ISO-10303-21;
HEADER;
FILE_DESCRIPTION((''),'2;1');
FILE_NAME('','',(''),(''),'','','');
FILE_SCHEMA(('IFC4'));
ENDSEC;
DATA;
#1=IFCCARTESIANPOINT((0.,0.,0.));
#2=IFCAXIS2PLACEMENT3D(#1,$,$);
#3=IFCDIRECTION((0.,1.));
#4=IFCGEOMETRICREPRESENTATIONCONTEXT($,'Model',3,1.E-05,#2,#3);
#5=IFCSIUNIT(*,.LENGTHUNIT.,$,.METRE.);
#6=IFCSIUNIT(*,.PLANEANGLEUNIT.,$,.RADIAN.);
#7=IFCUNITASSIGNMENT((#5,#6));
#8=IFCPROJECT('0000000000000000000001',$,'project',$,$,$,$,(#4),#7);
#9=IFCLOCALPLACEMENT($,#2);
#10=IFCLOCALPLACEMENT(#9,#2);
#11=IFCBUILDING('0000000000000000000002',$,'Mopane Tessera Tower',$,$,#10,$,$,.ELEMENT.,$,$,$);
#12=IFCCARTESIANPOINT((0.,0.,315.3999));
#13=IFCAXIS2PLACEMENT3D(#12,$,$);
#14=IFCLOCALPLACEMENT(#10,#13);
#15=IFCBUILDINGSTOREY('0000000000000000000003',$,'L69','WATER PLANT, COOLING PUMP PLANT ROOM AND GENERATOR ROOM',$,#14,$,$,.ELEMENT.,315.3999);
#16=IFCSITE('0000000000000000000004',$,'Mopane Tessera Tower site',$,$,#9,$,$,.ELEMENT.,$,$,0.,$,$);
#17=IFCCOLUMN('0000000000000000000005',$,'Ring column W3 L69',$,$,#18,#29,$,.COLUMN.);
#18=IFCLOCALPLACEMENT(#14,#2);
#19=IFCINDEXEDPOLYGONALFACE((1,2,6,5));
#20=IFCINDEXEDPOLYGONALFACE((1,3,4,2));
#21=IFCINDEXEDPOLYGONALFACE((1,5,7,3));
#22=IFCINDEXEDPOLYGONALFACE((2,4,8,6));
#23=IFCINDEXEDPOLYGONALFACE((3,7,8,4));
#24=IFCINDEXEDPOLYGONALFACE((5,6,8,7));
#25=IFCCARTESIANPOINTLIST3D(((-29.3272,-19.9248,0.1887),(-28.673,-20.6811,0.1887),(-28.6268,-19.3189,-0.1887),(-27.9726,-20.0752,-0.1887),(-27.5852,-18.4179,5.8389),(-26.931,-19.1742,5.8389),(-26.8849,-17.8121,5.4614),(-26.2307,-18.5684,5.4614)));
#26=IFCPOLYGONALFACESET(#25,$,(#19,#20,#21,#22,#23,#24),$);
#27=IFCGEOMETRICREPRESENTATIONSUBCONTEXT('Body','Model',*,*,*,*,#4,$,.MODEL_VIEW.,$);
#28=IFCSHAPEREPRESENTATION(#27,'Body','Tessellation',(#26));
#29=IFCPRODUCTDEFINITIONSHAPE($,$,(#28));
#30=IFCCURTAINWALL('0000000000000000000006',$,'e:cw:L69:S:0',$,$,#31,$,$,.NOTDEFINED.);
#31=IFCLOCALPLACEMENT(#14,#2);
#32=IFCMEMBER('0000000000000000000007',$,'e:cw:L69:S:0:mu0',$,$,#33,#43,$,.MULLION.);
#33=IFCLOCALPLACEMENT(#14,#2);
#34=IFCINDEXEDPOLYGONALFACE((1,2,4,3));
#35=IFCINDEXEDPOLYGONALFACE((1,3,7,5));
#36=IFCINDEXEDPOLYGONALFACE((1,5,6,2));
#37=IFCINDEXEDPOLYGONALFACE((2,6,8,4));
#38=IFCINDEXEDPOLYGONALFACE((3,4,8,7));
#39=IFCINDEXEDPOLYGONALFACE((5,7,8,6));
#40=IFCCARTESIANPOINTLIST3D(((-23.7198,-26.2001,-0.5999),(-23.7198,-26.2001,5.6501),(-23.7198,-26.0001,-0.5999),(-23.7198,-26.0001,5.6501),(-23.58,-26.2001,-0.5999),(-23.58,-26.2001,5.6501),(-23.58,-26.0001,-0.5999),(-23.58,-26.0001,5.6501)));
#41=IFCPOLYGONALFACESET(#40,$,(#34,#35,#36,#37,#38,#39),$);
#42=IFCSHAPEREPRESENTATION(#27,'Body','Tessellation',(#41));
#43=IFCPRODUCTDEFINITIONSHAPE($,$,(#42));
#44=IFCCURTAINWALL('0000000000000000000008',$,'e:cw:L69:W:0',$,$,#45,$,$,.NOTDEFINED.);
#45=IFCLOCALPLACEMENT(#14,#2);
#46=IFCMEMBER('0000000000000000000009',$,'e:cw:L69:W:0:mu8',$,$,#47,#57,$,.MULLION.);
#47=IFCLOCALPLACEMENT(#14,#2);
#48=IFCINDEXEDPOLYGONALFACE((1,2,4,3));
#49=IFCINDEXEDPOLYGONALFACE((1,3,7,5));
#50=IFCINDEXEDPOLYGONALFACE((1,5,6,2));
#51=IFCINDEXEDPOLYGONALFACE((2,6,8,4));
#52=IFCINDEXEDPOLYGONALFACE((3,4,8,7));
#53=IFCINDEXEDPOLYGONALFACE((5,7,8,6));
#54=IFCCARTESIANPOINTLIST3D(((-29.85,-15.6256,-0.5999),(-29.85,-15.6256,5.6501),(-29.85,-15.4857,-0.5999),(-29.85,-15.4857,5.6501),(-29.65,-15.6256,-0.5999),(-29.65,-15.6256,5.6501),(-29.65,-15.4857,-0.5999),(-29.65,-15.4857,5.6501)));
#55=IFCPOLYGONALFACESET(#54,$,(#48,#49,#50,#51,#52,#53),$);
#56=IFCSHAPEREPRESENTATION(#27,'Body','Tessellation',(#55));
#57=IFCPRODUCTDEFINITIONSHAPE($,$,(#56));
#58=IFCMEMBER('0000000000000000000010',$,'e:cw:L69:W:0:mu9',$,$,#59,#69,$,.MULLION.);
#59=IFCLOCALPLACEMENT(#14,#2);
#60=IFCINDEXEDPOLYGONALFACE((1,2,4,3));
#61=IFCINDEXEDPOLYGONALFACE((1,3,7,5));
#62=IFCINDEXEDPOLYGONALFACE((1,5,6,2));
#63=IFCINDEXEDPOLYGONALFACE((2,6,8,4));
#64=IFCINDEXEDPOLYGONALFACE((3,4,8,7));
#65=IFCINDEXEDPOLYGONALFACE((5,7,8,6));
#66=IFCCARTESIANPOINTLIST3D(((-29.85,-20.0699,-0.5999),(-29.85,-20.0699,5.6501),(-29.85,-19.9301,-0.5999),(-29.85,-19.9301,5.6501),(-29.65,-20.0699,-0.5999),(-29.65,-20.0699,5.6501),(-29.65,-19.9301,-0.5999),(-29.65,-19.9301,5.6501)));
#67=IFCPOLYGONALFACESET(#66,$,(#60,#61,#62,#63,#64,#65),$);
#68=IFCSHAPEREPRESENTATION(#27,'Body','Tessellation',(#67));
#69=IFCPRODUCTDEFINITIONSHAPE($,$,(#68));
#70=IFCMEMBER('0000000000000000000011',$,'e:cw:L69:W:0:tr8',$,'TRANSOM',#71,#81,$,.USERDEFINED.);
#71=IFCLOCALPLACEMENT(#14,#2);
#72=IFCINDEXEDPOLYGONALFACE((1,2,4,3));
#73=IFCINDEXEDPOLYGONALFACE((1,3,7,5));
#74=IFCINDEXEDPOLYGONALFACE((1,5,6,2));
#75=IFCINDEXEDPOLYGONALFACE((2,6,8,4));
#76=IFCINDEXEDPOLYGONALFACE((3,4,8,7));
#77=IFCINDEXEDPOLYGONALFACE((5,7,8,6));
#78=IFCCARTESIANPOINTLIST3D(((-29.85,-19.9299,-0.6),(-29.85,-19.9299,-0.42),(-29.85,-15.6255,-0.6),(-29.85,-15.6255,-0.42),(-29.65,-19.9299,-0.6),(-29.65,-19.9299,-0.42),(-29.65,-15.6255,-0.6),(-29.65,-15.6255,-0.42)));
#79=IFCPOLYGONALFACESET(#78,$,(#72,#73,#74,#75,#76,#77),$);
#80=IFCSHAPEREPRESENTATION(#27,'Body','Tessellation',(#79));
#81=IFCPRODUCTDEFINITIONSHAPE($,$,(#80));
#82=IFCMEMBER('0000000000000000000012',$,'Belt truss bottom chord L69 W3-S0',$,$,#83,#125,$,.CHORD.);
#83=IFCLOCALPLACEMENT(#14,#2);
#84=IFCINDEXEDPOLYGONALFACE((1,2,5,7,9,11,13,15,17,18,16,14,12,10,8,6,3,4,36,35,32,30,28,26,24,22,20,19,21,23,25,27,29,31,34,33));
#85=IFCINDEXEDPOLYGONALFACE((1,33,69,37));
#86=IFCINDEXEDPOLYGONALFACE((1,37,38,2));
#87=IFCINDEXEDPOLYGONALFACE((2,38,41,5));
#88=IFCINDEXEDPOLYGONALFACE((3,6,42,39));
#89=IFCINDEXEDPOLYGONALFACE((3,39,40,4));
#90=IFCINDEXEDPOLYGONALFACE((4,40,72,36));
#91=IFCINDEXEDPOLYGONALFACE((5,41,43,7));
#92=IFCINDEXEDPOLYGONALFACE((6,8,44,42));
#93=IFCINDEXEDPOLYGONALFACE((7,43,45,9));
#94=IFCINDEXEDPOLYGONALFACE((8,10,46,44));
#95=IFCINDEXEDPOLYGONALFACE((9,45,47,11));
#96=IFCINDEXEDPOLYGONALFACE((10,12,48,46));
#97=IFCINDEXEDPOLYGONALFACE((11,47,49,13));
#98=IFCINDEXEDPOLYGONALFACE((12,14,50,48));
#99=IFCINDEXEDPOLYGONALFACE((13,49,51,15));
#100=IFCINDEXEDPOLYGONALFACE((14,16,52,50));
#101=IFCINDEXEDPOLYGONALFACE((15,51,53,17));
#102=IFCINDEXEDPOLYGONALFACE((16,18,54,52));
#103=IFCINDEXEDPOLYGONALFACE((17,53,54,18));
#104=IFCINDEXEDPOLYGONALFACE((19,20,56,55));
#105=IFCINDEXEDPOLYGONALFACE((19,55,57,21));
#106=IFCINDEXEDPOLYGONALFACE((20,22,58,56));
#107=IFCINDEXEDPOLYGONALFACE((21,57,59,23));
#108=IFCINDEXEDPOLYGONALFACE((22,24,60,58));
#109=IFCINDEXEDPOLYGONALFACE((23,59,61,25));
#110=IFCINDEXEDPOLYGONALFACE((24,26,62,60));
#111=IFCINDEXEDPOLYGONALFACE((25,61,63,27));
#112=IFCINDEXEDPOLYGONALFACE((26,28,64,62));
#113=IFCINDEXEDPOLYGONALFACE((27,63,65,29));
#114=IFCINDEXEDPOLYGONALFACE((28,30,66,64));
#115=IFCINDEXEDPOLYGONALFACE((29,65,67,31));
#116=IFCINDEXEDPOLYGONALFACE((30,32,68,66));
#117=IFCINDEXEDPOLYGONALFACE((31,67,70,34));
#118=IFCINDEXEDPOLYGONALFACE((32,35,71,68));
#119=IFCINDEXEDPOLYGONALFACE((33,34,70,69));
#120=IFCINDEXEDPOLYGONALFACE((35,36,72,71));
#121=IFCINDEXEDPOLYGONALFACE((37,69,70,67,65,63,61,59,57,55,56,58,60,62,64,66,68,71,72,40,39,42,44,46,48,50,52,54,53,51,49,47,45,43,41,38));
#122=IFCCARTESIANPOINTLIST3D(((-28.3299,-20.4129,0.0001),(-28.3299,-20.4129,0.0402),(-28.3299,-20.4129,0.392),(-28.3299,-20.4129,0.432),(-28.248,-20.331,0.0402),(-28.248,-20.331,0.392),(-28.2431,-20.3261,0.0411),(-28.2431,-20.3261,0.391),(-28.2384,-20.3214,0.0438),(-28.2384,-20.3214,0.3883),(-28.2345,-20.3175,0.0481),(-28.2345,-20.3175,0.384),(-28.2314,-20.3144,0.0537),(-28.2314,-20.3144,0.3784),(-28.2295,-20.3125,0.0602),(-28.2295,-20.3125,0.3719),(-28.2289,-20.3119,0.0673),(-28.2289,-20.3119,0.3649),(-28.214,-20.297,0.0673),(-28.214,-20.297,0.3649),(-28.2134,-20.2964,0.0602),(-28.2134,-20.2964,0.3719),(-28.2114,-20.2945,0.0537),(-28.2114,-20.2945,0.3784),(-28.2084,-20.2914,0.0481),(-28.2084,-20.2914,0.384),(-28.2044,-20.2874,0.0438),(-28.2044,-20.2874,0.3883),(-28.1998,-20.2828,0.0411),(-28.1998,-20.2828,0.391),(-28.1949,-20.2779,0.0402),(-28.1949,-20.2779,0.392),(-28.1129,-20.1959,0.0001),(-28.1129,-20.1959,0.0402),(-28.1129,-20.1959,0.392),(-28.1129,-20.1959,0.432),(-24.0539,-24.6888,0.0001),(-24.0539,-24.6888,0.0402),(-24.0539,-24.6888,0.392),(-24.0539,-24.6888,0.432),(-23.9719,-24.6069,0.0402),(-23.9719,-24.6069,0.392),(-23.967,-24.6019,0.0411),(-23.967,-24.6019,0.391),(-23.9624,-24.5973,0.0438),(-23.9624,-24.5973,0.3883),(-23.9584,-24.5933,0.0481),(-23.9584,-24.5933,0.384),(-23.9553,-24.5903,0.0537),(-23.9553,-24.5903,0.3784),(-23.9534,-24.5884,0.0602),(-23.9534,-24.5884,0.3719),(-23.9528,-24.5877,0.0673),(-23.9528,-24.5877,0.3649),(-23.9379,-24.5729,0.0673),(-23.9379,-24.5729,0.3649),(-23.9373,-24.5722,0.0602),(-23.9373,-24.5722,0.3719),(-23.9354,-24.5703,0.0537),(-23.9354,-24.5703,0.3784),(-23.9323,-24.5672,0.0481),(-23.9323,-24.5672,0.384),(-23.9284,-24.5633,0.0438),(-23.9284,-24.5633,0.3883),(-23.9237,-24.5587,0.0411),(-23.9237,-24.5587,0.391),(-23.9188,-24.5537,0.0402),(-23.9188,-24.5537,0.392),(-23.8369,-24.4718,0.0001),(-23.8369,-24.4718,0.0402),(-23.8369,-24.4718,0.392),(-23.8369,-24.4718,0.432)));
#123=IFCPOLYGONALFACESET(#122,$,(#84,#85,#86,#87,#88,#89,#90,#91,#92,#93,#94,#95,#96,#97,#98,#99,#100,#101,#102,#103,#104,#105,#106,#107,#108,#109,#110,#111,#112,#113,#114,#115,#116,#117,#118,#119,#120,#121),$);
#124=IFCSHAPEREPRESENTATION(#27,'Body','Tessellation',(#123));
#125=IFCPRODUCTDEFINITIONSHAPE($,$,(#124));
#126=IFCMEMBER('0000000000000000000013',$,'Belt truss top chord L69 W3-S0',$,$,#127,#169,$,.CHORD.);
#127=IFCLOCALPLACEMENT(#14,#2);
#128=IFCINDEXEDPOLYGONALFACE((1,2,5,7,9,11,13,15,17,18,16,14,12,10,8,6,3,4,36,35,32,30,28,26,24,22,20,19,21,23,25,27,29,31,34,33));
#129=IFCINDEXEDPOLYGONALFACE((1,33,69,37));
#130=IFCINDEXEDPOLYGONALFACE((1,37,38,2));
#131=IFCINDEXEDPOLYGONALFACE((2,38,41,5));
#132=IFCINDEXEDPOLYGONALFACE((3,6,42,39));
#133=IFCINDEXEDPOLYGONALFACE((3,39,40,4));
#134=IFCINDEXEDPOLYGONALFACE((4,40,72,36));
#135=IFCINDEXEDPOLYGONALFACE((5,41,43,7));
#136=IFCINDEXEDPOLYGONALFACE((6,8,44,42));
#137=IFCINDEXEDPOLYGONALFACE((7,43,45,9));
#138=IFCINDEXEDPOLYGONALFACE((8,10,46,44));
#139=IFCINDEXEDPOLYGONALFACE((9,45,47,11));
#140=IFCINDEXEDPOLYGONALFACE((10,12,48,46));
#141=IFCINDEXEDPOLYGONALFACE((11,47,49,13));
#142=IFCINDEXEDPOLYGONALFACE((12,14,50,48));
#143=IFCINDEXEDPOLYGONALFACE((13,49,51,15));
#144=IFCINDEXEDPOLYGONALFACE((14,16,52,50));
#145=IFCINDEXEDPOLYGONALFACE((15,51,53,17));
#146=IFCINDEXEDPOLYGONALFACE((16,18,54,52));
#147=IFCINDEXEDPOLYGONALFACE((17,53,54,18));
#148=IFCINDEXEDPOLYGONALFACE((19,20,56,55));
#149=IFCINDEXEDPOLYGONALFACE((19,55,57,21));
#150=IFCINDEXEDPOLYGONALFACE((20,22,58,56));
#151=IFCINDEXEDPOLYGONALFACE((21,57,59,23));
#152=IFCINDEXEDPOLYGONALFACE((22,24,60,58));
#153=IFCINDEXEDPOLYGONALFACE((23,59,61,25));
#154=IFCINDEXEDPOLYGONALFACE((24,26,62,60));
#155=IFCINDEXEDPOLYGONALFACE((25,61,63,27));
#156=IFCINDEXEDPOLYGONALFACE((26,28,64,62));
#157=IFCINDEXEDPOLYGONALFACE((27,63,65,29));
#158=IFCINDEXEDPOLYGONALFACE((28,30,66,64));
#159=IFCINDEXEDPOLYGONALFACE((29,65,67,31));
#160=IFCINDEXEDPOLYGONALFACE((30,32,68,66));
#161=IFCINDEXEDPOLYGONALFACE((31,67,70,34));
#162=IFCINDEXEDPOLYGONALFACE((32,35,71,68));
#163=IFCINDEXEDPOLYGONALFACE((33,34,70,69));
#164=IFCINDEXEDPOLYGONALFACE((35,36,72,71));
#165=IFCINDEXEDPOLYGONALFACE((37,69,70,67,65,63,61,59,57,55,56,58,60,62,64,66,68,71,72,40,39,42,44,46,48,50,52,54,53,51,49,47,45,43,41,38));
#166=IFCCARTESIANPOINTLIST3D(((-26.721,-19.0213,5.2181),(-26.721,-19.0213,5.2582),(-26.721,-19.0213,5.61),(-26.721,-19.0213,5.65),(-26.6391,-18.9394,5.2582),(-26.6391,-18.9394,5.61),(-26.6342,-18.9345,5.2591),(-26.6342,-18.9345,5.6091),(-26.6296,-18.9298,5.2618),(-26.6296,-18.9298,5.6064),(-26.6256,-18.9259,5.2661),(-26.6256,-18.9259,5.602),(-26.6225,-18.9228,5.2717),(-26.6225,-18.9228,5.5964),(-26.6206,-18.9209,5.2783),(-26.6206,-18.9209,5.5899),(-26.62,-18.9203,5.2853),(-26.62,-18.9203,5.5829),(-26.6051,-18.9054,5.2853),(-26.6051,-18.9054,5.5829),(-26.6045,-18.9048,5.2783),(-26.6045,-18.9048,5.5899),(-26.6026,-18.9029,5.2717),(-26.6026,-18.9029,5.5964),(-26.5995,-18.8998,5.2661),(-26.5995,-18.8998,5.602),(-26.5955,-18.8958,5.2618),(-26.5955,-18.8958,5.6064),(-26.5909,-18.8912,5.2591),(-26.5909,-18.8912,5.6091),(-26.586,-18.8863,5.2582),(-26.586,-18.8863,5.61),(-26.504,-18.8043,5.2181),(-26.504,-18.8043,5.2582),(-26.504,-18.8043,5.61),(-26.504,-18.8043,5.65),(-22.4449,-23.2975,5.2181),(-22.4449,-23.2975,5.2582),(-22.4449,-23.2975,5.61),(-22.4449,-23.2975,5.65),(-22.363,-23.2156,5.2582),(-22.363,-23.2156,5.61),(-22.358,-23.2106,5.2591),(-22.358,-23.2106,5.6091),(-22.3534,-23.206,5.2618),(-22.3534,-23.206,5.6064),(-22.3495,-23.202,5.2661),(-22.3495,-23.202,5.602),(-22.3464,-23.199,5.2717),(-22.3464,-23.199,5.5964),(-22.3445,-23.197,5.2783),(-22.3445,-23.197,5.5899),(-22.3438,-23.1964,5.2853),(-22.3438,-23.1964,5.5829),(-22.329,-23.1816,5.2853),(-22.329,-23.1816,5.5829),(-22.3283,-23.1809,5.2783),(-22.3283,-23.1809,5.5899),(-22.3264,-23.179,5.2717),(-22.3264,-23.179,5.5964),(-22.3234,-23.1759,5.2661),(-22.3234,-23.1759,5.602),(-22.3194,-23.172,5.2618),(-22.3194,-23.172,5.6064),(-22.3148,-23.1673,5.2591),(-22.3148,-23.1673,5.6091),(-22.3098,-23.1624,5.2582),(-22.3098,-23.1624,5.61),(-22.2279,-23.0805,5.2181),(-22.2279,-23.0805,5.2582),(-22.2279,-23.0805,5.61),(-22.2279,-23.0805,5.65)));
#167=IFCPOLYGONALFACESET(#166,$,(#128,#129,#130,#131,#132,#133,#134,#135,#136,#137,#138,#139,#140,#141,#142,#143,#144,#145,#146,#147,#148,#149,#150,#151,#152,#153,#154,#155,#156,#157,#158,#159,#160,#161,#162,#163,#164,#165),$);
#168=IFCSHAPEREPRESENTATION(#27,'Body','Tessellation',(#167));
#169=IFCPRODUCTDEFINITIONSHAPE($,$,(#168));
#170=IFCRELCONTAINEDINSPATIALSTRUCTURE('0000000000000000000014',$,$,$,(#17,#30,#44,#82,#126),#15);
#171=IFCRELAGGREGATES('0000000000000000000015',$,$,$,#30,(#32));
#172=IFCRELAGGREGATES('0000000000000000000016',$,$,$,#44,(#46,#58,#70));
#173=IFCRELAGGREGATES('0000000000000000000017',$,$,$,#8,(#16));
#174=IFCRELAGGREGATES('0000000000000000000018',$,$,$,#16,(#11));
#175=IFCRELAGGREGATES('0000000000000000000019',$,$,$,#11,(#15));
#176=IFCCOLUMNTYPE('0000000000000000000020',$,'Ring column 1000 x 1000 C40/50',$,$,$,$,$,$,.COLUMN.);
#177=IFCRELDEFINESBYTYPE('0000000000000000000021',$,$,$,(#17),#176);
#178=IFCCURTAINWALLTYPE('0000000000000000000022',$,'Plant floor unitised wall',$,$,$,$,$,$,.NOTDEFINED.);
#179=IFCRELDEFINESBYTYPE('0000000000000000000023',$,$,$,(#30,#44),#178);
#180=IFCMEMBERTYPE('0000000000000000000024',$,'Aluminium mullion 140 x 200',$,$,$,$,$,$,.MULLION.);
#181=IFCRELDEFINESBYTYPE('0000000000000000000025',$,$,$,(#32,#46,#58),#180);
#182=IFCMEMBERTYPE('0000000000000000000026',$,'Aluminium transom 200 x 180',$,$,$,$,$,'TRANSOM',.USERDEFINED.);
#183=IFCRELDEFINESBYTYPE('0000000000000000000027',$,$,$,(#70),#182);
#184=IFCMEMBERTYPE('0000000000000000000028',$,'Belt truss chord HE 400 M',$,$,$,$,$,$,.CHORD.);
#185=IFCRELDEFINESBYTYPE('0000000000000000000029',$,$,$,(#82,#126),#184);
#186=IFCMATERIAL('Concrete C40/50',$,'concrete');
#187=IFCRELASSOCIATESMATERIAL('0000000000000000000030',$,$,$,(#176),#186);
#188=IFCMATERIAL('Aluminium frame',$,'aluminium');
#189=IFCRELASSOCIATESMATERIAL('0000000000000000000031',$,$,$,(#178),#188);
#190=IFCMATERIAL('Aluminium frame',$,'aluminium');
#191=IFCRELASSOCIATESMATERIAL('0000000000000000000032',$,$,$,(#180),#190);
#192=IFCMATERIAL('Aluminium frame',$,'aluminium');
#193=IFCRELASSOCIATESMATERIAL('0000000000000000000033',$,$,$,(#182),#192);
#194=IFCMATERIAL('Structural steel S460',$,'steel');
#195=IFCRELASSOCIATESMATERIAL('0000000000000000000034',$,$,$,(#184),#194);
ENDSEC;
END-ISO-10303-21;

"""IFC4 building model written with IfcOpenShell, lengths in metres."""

from ifc_helpers import new_model, si_unit, direction, frame, origin, origin_2d, place, context, subcontext, project, spatial, rectangle, i_section, extrude, material, material_profile, profile_set, type_object, element, aggregate, save


model = new_model("IFC4")

# Units and contexts
model_context = context("Model", 3, precision=1e-05, world=origin(), true_north=direction((0.0, 1.0)))
body_context = subcontext(model_context, "Body", "Model", "MODEL_VIEW")
ifc_project = project(units=[si_unit("LENGTHUNIT", "METRE"), si_unit("PLANEANGLEUNIT", "RADIAN")], contexts=[model_context])

# Site, building, storey
site_placement = place(None, origin())
site = spatial("IfcSite", under=ifc_project, at=site_placement, Name="Mopane Tessera Tower site", CompositionType="ELEMENT", RefElevation=0.0)
building_placement = place(site_placement, origin())
building = spatial("IfcBuilding", under=site, at=building_placement, Name="Mopane Tessera Tower", CompositionType="ELEMENT")
storey_placement = place(building_placement, frame((0.0, 0.0, 315.3999)))
storey = spatial("IfcBuildingStorey", under=building, at=storey_placement, Name="L69", Description="WATER PLANT, COOLING PUMP PLANT ROOM AND GENERATOR ROOM", CompositionType="ELEMENT", Elevation=315.3999)

# Column
ifc_material_1 = material(Name="Concrete C40/50", Category="concrete")
ifc_material_profile_1 = material_profile(ifc_material_1, rectangle(XDim=1.0, YDim=1.0, at=origin_2d()))
ifc_profile_set_1 = profile_set([ifc_material_profile_1], Name="Concrete C40/50")
column_type = type_object("IfcColumnType", Name="Ring column 1000 x 1000 C40/50", PredefinedType="COLUMN", material=ifc_profile_set_1)
column_placement = place(storey_placement, frame((-28.6499, -20.0, 0.0), z_axis=(0.285491, 0.246959, 0.926016), x_axis=(-0.654224, 0.756301, 0.0)))
element("IfcColumn", 1, at=column_placement, inside=storey, type_object=column_type, Name="Ring column W3 L69", PredefinedType="COLUMN", context=body_context, shape_type="SweptSolid", body=[
    extrude(rectangle(XDim=1.0, YDim=1.0, at=origin_2d()), origin(), (0.0, 0.0, 1.0), 6.1016),
])

# Curtain wall, member
ifc_material_2 = material(Name="Aluminium frame", Category="aluminium")
curtain_wall_type = type_object("IfcCurtainWallType", Name="Plant floor unitised wall", PredefinedType="NOTDEFINED", material=ifc_material_2)
curtain_wall_1_placement = place(storey_placement, origin())
curtain_wall_1 = element("IfcCurtainWall", 2, at=curtain_wall_1_placement, inside=storey, type_object=curtain_wall_type, Name="e:cw:L69:S:0", PredefinedType="NOTDEFINED")
ifc_material_3 = material(Name="Aluminium frame", Category="aluminium")
ifc_material_profile_2 = material_profile(ifc_material_3, rectangle(XDim=0.1399, YDim=0.2, at=origin_2d()))
ifc_profile_set_2 = profile_set([ifc_material_profile_2], Name="Aluminium frame")
member_type_1 = type_object("IfcMemberType", Name="Aluminium mullion 140 x 200", PredefinedType="MULLION", material=ifc_profile_set_2)
member_1_placement = place(storey_placement, frame((-23.6499, -26.1001, -0.5999), z_axis=(0.0, 0.0, 1.0), x_axis=(1.0, 0.0, 0.0)))
member_1 = element("IfcMember", 3, at=member_1_placement, type_object=member_type_1, Name="e:cw:L69:S:0:mu0", PredefinedType="MULLION", context=body_context, shape_type="SweptSolid", body=[
    extrude(rectangle(XDim=0.1399, YDim=0.2, at=origin_2d()), origin(), (0.0, 0.0, 1.0), 6.25),
])
aggregate(curtain_wall_1, [member_1])

# Curtain wall, members
curtain_wall_2_placement = place(storey_placement, origin())
curtain_wall_2 = element("IfcCurtainWall", 4, at=curtain_wall_2_placement, inside=storey, type_object=curtain_wall_type, Name="e:cw:L69:W:0", PredefinedType="NOTDEFINED")
member_2_placement = place(storey_placement, frame((-29.75, -15.5557, -0.5999), z_axis=(0.0, 0.0, 1.0), x_axis=(0.0, -1.0, 0.0)))
member_2 = element("IfcMember", 5, at=member_2_placement, type_object=member_type_1, Name="e:cw:L69:W:0:mu8", PredefinedType="MULLION", context=body_context, shape_type="SweptSolid", body=[
    extrude(rectangle(XDim=0.1399, YDim=0.2, at=origin_2d()), origin(), (0.0, 0.0, 1.0), 6.25),
])
member_3_placement = place(storey_placement, frame((-29.75, -20.0, -0.5999), z_axis=(0.0, 0.0, 1.0), x_axis=(0.0, -1.0, 0.0)))
member_3 = element("IfcMember", 6, at=member_3_placement, type_object=member_type_1, Name="e:cw:L69:W:0:mu9", PredefinedType="MULLION", context=body_context, shape_type="SweptSolid", body=[
    extrude(rectangle(XDim=0.1399, YDim=0.2, at=origin_2d()), origin(), (0.0, 0.0, 1.0), 6.25),
])
ifc_material_4 = material(Name="Aluminium frame", Category="aluminium")
ifc_material_profile_3 = material_profile(ifc_material_4, rectangle(XDim=0.2, YDim=0.1799, at=origin_2d()))
ifc_profile_set_3 = profile_set([ifc_material_profile_3], Name="Aluminium frame")
member_type_2 = type_object("IfcMemberType", Name="Aluminium transom 200 x 180", ElementType="TRANSOM", PredefinedType="USERDEFINED", material=ifc_profile_set_3)
member_4_placement = place(storey_placement, frame((-29.75, -15.6255, -0.51), z_axis=(0.0, -1.0, 0.0), x_axis=(1.0, 0.0, 0.0)))
member_4 = element("IfcMember", 7, at=member_4_placement, type_object=member_type_2, Name="e:cw:L69:W:0:tr8", ObjectType="TRANSOM", PredefinedType="USERDEFINED", context=body_context, shape_type="SweptSolid", body=[
    extrude(rectangle(XDim=0.2, YDim=0.1799, at=origin_2d()), origin(), (0.0, 0.0, 1.0), 4.3044),
])

# Members
ifc_material_5 = material(Name="Structural steel S460", Category="steel")
ifc_material_profile_4 = material_profile(ifc_material_5, i_section(OverallWidth=0.3069, OverallDepth=0.4319, WebThickness=0.021, FlangeThickness=0.04, FilletRadius=0.0271, at=origin_2d()))
ifc_profile_set_4 = profile_set([ifc_material_profile_4], Name="Structural steel S460")
member_type_3 = type_object("IfcMemberType", Name="Belt truss chord HE 400 M", PredefinedType="CHORD", material=ifc_profile_set_4)
member_5_placement = place(storey_placement, frame((-28.2214, -20.3044, 0.2161), z_axis=(0.707127, -0.707087, 0.0), x_axis=(0.707087, 0.707127, 0.0)))
element("IfcMember", 8, at=member_5_placement, inside=storey, type_object=member_type_3, Name="Belt truss bottom chord L69 W3-S0", PredefinedType="CHORD", context=body_context, shape_type="SweptSolid", body=[
    extrude(i_section(OverallWidth=0.3069, OverallDepth=0.4319, WebThickness=0.021, FlangeThickness=0.04, FilletRadius=0.0271, at=origin_2d()), origin(), (0.0, 0.0, 1.0), 6.0471),
])
member_6_placement = place(storey_placement, frame((-26.6125, -18.9128, 5.4341), z_axis=(0.707107, -0.707107, 0.0), x_axis=(0.707107, 0.707107, 0.0)))
element("IfcMember", 9, at=member_6_placement, inside=storey, type_object=member_type_3, Name="Belt truss top chord L69 W3-S0", PredefinedType="CHORD", context=body_context, shape_type="SweptSolid", body=[
    extrude(i_section(OverallWidth=0.3069, OverallDepth=0.4319, WebThickness=0.021, FlangeThickness=0.04, FilletRadius=0.0271, at=origin_2d()), origin(), (0.0, 0.0, 1.0), 6.0474),
])

aggregate(curtain_wall_2, [member_2, member_3, member_4])

save(model, "model.ifc")
